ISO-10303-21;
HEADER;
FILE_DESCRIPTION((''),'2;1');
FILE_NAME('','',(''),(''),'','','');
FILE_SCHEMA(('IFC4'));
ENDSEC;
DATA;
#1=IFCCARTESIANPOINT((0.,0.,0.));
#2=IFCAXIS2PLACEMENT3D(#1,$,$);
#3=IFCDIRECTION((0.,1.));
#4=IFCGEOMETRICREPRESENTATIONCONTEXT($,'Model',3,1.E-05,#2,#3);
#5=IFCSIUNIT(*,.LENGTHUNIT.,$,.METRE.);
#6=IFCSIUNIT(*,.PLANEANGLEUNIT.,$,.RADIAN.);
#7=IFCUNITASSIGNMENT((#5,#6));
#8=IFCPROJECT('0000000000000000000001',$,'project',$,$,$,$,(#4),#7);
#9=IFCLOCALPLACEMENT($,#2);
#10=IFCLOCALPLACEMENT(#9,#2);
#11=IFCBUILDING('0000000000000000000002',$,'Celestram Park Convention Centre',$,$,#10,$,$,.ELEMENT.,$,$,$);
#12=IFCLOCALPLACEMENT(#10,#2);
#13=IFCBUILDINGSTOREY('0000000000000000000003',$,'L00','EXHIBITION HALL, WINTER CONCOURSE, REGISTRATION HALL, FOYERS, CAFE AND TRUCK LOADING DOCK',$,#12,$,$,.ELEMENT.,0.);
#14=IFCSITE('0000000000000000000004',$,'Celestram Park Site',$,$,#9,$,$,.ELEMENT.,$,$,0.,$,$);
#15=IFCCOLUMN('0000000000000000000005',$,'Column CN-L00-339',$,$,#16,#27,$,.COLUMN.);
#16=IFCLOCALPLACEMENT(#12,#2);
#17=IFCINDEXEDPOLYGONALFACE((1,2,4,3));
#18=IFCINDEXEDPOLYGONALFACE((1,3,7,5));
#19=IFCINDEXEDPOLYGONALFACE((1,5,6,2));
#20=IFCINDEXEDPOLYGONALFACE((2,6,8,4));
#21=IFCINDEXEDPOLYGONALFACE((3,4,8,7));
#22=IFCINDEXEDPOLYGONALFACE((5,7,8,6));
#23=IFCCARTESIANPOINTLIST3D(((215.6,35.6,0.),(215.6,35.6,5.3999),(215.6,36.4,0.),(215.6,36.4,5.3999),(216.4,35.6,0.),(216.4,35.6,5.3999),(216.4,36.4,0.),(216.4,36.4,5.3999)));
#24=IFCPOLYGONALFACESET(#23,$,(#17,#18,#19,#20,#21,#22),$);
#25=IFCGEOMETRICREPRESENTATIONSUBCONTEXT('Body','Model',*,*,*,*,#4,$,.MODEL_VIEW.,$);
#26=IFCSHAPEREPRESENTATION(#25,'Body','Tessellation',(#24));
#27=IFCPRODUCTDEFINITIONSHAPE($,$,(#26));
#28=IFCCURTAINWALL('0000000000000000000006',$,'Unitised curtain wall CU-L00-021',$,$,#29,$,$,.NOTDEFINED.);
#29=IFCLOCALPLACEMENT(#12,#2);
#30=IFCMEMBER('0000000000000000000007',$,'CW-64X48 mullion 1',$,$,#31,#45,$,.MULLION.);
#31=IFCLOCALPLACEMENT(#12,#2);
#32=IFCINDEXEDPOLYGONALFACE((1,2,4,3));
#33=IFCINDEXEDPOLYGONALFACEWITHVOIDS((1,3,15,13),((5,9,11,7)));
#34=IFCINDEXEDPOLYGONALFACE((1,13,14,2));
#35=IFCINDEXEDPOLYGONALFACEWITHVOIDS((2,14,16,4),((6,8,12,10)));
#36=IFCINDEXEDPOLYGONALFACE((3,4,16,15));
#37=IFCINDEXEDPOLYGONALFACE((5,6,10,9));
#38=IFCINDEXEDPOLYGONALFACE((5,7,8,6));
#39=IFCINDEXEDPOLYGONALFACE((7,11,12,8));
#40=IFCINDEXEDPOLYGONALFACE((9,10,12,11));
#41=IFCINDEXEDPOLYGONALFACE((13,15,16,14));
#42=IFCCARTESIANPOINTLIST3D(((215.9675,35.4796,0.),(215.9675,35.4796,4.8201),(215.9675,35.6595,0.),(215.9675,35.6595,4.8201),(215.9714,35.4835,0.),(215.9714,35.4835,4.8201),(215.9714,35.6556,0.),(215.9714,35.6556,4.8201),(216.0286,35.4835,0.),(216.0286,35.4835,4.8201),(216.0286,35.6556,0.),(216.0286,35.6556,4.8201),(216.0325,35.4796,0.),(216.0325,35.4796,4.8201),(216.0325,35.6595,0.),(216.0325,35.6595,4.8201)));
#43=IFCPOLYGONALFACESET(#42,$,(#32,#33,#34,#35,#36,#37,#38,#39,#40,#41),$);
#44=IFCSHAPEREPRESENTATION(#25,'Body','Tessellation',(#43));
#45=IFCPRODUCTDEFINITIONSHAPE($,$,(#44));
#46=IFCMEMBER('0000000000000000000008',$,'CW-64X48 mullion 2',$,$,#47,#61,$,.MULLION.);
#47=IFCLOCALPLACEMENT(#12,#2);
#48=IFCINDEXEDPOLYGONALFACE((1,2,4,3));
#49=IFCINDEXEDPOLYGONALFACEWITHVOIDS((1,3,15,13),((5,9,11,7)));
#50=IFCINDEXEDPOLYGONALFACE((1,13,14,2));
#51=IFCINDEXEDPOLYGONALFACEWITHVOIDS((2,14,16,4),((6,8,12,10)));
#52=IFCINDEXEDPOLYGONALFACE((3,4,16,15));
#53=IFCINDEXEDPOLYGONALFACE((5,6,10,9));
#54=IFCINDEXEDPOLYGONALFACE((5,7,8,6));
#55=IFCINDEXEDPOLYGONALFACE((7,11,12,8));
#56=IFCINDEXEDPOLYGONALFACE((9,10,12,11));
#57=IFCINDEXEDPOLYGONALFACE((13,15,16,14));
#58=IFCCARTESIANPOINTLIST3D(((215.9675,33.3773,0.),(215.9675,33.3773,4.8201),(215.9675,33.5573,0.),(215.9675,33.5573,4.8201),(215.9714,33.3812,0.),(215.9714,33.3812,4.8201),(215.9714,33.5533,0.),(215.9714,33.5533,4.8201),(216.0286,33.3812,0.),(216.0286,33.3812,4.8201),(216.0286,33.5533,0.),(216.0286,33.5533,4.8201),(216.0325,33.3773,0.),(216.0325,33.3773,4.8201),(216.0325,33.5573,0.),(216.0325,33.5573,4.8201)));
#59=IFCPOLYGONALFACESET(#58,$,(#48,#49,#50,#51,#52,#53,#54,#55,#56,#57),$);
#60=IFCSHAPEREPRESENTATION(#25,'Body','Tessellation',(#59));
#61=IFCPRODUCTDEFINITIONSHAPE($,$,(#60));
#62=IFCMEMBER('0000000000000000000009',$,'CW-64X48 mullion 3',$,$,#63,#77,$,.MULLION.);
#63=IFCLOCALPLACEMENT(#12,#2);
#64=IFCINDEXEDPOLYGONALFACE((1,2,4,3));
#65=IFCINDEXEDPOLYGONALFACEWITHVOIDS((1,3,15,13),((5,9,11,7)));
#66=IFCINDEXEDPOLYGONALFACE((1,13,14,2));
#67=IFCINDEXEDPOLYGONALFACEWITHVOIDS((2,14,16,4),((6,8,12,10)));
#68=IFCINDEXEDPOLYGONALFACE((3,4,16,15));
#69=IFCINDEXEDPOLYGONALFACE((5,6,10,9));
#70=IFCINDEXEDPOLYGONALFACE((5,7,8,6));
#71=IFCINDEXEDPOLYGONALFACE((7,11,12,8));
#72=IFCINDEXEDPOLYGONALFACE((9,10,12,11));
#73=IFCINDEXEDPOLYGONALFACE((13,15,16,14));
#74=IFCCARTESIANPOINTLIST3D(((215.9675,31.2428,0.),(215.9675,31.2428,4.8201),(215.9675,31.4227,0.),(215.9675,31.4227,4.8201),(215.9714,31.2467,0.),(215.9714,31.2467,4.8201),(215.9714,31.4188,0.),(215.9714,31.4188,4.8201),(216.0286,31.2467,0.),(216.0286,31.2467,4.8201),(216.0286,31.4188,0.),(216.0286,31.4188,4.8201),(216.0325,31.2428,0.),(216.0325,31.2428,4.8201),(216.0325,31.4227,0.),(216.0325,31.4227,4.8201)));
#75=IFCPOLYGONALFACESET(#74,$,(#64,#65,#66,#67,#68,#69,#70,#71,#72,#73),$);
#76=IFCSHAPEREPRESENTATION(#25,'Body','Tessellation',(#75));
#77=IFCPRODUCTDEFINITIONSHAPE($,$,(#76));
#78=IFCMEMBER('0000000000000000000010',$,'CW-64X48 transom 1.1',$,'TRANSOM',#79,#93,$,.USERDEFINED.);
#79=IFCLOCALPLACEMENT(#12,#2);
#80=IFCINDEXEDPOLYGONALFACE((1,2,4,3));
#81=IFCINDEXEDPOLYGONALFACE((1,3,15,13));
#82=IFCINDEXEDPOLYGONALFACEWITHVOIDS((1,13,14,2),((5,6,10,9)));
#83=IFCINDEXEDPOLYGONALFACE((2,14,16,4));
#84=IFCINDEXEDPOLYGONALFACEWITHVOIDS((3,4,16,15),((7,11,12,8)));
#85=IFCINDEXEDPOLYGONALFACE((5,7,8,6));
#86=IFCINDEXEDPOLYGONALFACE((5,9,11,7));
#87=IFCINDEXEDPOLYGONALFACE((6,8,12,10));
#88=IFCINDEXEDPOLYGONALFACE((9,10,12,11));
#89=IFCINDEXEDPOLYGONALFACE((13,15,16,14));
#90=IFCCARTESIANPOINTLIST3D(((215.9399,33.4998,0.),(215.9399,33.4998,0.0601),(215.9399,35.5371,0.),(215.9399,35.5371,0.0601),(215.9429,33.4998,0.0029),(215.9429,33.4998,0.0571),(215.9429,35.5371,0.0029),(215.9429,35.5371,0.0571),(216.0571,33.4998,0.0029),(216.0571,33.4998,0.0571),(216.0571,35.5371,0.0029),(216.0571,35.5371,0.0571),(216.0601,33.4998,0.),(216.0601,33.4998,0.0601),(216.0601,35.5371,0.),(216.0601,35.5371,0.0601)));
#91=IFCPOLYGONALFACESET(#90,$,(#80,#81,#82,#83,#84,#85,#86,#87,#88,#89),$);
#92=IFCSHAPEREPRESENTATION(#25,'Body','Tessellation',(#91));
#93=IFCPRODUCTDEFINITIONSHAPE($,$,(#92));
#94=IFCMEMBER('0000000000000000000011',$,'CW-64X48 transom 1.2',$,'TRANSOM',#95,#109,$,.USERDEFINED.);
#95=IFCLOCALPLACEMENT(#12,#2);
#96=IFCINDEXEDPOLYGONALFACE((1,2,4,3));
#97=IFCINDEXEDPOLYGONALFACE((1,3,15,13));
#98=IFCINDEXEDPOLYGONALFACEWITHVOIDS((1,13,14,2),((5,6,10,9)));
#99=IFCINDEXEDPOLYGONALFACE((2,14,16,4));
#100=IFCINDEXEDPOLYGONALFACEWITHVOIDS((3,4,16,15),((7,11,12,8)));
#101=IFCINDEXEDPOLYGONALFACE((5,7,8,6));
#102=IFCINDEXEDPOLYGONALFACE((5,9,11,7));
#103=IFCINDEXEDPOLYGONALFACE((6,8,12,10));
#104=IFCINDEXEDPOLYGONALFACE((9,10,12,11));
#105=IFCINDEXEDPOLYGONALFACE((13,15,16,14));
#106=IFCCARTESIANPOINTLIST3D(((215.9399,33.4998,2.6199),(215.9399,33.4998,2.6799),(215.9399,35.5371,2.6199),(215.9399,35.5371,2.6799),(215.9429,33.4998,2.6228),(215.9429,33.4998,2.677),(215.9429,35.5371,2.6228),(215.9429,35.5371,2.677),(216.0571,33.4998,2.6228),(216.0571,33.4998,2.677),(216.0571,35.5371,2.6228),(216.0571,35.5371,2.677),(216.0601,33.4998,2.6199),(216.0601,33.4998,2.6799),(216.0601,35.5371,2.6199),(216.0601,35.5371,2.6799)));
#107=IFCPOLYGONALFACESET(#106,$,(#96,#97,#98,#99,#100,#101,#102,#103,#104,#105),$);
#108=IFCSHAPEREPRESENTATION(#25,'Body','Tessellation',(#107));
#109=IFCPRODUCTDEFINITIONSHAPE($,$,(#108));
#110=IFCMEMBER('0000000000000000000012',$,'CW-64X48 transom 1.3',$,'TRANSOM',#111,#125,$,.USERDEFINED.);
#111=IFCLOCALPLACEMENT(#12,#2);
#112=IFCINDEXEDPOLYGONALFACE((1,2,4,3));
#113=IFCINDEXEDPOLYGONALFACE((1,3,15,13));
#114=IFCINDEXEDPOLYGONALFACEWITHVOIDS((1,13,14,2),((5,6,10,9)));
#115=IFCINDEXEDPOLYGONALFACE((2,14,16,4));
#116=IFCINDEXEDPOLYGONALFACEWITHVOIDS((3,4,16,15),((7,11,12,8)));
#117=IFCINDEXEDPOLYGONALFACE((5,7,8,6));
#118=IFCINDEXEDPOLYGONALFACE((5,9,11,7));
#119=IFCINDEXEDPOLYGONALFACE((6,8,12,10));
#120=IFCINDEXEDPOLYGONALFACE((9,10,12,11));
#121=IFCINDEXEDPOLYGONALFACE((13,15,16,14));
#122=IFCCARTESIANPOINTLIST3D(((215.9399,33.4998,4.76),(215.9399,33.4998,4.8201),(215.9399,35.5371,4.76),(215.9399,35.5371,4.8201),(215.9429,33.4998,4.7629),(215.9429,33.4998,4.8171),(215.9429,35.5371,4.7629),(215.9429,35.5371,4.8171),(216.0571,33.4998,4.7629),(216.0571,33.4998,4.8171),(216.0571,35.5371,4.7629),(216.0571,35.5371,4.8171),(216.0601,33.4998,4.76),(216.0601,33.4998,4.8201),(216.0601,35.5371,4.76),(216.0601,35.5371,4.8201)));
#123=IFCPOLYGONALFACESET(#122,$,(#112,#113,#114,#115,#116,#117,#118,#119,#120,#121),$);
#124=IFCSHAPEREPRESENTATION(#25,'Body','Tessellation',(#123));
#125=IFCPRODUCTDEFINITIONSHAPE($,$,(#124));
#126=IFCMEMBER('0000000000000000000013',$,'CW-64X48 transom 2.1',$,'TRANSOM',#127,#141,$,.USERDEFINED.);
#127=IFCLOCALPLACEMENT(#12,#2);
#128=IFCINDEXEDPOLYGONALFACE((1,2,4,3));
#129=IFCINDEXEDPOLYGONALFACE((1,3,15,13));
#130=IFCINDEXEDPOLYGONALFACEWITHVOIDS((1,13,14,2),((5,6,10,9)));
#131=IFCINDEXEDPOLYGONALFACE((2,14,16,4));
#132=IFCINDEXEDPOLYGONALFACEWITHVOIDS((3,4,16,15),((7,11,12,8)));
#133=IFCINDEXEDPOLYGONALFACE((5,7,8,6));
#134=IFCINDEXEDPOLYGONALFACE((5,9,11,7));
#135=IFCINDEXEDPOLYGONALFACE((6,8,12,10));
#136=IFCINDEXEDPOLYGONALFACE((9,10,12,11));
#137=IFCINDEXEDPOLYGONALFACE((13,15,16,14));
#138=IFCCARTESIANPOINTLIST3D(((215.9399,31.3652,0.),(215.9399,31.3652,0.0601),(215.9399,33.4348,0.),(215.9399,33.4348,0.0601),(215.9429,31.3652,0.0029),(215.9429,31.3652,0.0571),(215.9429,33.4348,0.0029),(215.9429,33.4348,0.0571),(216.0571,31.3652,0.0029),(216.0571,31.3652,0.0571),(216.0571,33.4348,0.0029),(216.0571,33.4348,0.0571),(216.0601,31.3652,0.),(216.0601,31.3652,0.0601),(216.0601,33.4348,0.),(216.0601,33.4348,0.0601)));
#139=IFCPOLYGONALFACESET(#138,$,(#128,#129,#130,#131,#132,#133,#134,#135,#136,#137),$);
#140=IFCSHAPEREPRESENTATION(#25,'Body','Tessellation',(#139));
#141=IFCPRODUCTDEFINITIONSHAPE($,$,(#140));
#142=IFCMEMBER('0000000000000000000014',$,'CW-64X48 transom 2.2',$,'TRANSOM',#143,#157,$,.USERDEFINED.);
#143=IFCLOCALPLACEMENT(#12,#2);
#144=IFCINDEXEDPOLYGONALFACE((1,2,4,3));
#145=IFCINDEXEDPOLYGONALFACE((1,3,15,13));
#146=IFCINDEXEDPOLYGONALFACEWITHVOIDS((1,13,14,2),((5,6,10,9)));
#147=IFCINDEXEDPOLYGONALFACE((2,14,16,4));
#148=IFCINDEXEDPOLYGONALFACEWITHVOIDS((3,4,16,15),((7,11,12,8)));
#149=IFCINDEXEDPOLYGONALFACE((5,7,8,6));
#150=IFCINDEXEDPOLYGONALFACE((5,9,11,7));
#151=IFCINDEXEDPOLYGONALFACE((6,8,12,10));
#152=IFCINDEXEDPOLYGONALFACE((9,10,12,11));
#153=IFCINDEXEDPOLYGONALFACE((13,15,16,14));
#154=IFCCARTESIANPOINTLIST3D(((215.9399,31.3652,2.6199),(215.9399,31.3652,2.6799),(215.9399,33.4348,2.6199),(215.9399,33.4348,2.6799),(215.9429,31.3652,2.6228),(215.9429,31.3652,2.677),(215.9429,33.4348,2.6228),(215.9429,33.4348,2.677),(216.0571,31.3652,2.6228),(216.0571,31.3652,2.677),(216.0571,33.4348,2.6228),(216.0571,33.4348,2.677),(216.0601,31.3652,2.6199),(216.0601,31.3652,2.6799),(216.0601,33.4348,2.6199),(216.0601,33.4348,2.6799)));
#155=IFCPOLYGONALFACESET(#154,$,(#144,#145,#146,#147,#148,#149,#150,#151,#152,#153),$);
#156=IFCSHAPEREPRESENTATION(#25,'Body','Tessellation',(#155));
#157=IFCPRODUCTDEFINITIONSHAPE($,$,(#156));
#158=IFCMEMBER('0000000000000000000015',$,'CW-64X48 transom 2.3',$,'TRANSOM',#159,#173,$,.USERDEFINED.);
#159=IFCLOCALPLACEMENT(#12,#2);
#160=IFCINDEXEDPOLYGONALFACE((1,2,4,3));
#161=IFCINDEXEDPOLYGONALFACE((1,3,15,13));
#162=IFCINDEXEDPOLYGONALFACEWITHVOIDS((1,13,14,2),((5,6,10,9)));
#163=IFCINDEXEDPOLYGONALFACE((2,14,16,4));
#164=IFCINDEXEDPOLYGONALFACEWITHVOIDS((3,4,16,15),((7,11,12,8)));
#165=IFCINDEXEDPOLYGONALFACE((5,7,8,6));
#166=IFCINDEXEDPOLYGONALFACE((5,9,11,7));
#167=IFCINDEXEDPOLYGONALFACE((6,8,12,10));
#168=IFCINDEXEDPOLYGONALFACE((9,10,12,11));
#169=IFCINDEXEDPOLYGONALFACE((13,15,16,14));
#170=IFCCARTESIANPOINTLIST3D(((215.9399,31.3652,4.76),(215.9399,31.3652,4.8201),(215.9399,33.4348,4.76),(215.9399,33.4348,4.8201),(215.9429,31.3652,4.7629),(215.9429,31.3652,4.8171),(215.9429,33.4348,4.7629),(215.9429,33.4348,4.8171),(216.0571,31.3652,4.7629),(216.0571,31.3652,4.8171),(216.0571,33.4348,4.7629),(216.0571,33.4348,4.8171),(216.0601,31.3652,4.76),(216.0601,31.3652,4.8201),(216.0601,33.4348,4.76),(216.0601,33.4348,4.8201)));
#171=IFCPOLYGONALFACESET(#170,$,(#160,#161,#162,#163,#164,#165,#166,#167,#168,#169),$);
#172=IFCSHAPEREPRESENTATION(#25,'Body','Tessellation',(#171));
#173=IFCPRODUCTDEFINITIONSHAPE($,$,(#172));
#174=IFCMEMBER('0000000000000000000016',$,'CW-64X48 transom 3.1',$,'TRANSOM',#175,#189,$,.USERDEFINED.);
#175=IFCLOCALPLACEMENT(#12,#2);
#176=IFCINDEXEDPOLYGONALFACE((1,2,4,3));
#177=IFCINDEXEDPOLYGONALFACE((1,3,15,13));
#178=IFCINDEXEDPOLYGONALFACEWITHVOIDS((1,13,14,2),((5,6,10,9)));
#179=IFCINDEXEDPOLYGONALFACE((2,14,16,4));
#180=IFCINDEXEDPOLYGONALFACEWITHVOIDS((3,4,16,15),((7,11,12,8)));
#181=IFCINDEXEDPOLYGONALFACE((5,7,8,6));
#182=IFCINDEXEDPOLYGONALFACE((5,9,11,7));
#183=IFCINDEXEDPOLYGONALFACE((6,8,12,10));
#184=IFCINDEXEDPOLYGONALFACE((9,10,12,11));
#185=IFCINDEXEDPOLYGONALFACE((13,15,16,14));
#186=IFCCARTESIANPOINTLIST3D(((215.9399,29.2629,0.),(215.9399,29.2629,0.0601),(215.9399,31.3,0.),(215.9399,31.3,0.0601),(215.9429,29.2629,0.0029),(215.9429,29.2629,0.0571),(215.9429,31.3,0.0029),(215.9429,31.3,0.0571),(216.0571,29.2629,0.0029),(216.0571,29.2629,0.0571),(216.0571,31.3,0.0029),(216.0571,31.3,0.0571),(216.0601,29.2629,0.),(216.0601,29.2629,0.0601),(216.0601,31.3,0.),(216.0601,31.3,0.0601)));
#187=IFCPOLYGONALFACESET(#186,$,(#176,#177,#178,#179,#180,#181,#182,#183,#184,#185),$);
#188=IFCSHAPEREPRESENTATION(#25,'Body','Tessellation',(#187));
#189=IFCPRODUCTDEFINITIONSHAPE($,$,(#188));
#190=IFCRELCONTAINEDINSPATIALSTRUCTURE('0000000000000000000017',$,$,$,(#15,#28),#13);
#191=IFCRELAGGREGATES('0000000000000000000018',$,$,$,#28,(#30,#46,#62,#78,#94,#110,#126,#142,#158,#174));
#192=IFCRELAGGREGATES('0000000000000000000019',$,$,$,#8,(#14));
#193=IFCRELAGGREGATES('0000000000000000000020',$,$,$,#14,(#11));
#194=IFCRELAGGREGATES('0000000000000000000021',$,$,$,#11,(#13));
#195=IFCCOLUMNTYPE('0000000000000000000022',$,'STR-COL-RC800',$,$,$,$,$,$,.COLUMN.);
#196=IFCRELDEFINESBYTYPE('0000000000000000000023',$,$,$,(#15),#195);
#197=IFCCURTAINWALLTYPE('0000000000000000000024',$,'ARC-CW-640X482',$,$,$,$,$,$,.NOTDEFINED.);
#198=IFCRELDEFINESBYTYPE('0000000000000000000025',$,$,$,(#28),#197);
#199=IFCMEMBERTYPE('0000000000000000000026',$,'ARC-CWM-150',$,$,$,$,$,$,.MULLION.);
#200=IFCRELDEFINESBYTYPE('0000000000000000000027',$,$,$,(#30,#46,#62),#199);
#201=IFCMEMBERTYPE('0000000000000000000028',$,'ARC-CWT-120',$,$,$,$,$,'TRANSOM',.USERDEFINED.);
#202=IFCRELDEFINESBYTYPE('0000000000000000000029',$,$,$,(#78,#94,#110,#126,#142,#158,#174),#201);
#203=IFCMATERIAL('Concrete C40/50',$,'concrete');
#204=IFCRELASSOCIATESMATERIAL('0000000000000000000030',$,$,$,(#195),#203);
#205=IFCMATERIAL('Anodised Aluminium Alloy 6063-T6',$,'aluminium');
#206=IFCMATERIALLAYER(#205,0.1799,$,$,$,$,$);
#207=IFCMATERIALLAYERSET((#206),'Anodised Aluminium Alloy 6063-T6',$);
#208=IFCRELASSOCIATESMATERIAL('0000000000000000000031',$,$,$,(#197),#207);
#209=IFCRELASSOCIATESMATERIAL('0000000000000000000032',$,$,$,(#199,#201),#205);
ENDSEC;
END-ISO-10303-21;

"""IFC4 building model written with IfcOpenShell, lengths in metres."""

from ifc_helpers import new_model, si_unit, direction, frame, origin, origin_2d, place, context, subcontext, project, spatial, rectangle, hollow_rectangle, extrude, material, layer, layer_set, material_profile, profile_set, type_object, element, aggregate, save


model = new_model("IFC4")

# Units and contexts
model_context = context("Model", 3, precision=1e-05, world=origin(), true_north=direction((0.0, 1.0)))
body_context = subcontext(model_context, "Body", "Model", "MODEL_VIEW")
ifc_project = project(units=[si_unit("LENGTHUNIT", "METRE"), si_unit("PLANEANGLEUNIT", "RADIAN")], contexts=[model_context])

# Site, building, storey
site_placement = place(None, origin())
site = spatial("IfcSite", under=ifc_project, at=site_placement, Name="Celestram Park Site", CompositionType="ELEMENT", RefElevation=0.0)
building_placement = place(site_placement, origin())
building = spatial("IfcBuilding", under=site, at=building_placement, Name="Celestram Park Convention Centre", CompositionType="ELEMENT")
storey_placement = place(building_placement, origin())
storey = spatial("IfcBuildingStorey", under=building, at=storey_placement, Name="L00", Description="EXHIBITION HALL, WINTER CONCOURSE, REGISTRATION HALL, FOYERS, CAFE AND TRUCK LOADING DOCK", CompositionType="ELEMENT", Elevation=0.0)

# Column
ifc_material_1 = material(Name="Concrete C40/50", Category="concrete")
ifc_material_profile_1 = material_profile(ifc_material_1, rectangle(XDim=0.8, YDim=0.8, at=origin_2d()), Name="RC800X800")
ifc_profile_set_1 = profile_set([ifc_material_profile_1], Name="Concrete C40/50")
column_type = type_object("IfcColumnType", Name="STR-COL-RC800", PredefinedType="COLUMN", material=ifc_profile_set_1)
column_placement = place(storey_placement, frame((216.0, 36.0, 0.0), z_axis=(0.0, 0.0, 1.0), x_axis=(1.0, 0.0, 0.0)))
element("IfcColumn", 1, at=column_placement, inside=storey, type_object=column_type, Name="Column CN-L00-339", PredefinedType="COLUMN", context=body_context, shape_type="SweptSolid", body=[
    extrude(rectangle(XDim=0.8, YDim=0.8, at=origin_2d()), origin(), (0.0, 0.0, 1.0), 5.3999),
])

# Curtain wall, members
ifc_material_2 = material(Name="Anodised Aluminium Alloy 6063-T6", Category="aluminium")
ifc_layer_1 = layer(ifc_material_2, 0.1799)
ifc_layer_set_1 = layer_set([ifc_layer_1], Name="Anodised Aluminium Alloy 6063-T6")
curtain_wall_type = type_object("IfcCurtainWallType", Name="ARC-CW-640X482", PredefinedType="NOTDEFINED", material=ifc_layer_set_1)
curtain_wall_placement = place(storey_placement, origin())
curtain_wall = element("IfcCurtainWall", 2, at=curtain_wall_placement, inside=storey, type_object=curtain_wall_type, Name="Unitised curtain wall CU-L00-021", PredefinedType="NOTDEFINED")
ifc_material_profile_2 = material_profile(ifc_material_2, hollow_rectangle(XDim=0.0649, YDim=0.1799, WallThickness=0.0039, at=origin_2d()), Name="ALU65X180X4")
ifc_profile_set_2 = profile_set([ifc_material_profile_2], Name="Anodised Aluminium Alloy 6063-T6")
member_type_1 = type_object("IfcMemberType", Name="ARC-CWM-150", PredefinedType="MULLION", material=ifc_profile_set_2)
member_1_placement = place(storey_placement, frame((216.0, 35.5696, 0.0), z_axis=(0.0, 0.0, 1.0), x_axis=(1.0, 0.0, 0.0)))
member_1 = element("IfcMember", 3, at=member_1_placement, type_object=member_type_1, Name="CW-64X48 mullion 1", PredefinedType="MULLION", context=body_context, shape_type="SweptSolid", body=[
    extrude(hollow_rectangle(XDim=0.0649, YDim=0.1799, WallThickness=0.0039, at=origin_2d()), origin(), (0.0, 0.0, 1.0), 4.8201),
])
member_2_placement = place(storey_placement, frame((216.0, 33.4673, 0.0), z_axis=(0.0, 0.0, 1.0), x_axis=(1.0, 0.0, 0.0)))
member_2 = element("IfcMember", 4, at=member_2_placement, type_object=member_type_1, Name="CW-64X48 mullion 2", PredefinedType="MULLION", context=body_context, shape_type="SweptSolid", body=[
    extrude(hollow_rectangle(XDim=0.0649, YDim=0.1799, WallThickness=0.0039, at=origin_2d()), origin(), (0.0, 0.0, 1.0), 4.8201),
])
member_3_placement = place(storey_placement, frame((216.0, 31.3328, 0.0), z_axis=(0.0, 0.0, 1.0), x_axis=(1.0, 0.0, 0.0)))
member_3 = element("IfcMember", 5, at=member_3_placement, type_object=member_type_1, Name="CW-64X48 mullion 3", PredefinedType="MULLION", context=body_context, shape_type="SweptSolid", body=[
    extrude(hollow_rectangle(XDim=0.0649, YDim=0.1799, WallThickness=0.0039, at=origin_2d()), origin(), (0.0, 0.0, 1.0), 4.8201),
])
ifc_material_profile_3 = material_profile(ifc_material_2, hollow_rectangle(XDim=0.1201, YDim=0.0601, WallThickness=0.0029, at=origin_2d()), Name="ALU120X60X3")
ifc_profile_set_3 = profile_set([ifc_material_profile_3], Name="Anodised Aluminium Alloy 6063-T6")
member_type_2 = type_object("IfcMemberType", Name="ARC-CWT-120", ElementType="TRANSOM", PredefinedType="USERDEFINED", material=ifc_profile_set_3)
member_4_placement = place(storey_placement, frame((216.0, 35.5371, 0.03), z_axis=(0.0, -1.0, 0.0), x_axis=(1.0, 0.0, 0.0)))
member_4 = element("IfcMember", 6, at=member_4_placement, type_object=member_type_2, Name="CW-64X48 transom 1.1", ObjectType="TRANSOM", PredefinedType="USERDEFINED", context=body_context, shape_type="SweptSolid", body=[
    extrude(hollow_rectangle(XDim=0.1201, YDim=0.0601, WallThickness=0.0029, at=origin_2d()), origin(), (0.0, 0.0, 1.0), 2.0374),
])
member_5_placement = place(storey_placement, frame((216.0, 35.5371, 2.6499), z_axis=(0.0, -1.0, 0.0), x_axis=(1.0, 0.0, 0.0)))
member_5 = element("IfcMember", 7, at=member_5_placement, type_object=member_type_2, Name="CW-64X48 transom 1.2", ObjectType="TRANSOM", PredefinedType="USERDEFINED", context=body_context, shape_type="SweptSolid", body=[
    extrude(hollow_rectangle(XDim=0.1201, YDim=0.0601, WallThickness=0.0029, at=origin_2d()), origin(), (0.0, 0.0, 1.0), 2.0374),
])
member_6_placement = place(storey_placement, frame((216.0, 35.5371, 4.79), z_axis=(0.0, -1.0, 0.0), x_axis=(1.0, 0.0, 0.0)))
member_6 = element("IfcMember", 8, at=member_6_placement, type_object=member_type_2, Name="CW-64X48 transom 1.3", ObjectType="TRANSOM", PredefinedType="USERDEFINED", context=body_context, shape_type="SweptSolid", body=[
    extrude(hollow_rectangle(XDim=0.1201, YDim=0.0601, WallThickness=0.0029, at=origin_2d()), origin(), (0.0, 0.0, 1.0), 2.0374),
])
member_7_placement = place(storey_placement, frame((216.0, 33.4348, 0.03), z_axis=(0.0, -1.0, 0.0), x_axis=(1.0, 0.0, 0.0)))
member_7 = element("IfcMember", 9, at=member_7_placement, type_object=member_type_2, Name="CW-64X48 transom 2.1", ObjectType="TRANSOM", PredefinedType="USERDEFINED", context=body_context, shape_type="SweptSolid", body=[
    extrude(hollow_rectangle(XDim=0.1201, YDim=0.0601, WallThickness=0.0029, at=origin_2d()), origin(), (0.0, 0.0, 1.0), 2.0696),
])
member_8_placement = place(storey_placement, frame((216.0, 33.4348, 2.6499), z_axis=(0.0, -1.0, 0.0), x_axis=(1.0, 0.0, 0.0)))
member_8 = element("IfcMember", 10, at=member_8_placement, type_object=member_type_2, Name="CW-64X48 transom 2.2", ObjectType="TRANSOM", PredefinedType="USERDEFINED", context=body_context, shape_type="SweptSolid", body=[
    extrude(hollow_rectangle(XDim=0.1201, YDim=0.0601, WallThickness=0.0029, at=origin_2d()), origin(), (0.0, 0.0, 1.0), 2.0696),
])
member_9_placement = place(storey_placement, frame((216.0, 33.4348, 4.79), z_axis=(0.0, -1.0, 0.0), x_axis=(1.0, 0.0, 0.0)))
member_9 = element("IfcMember", 11, at=member_9_placement, type_object=member_type_2, Name="CW-64X48 transom 2.3", ObjectType="TRANSOM", PredefinedType="USERDEFINED", context=body_context, shape_type="SweptSolid", body=[
    extrude(hollow_rectangle(XDim=0.1201, YDim=0.0601, WallThickness=0.0029, at=origin_2d()), origin(), (0.0, 0.0, 1.0), 2.0696),
])
member_10_placement = place(storey_placement, frame((216.0, 31.3, 0.03), z_axis=(0.0, -1.0, 0.0), x_axis=(1.0, 0.0, 0.0)))
member_10 = element("IfcMember", 12, at=member_10_placement, type_object=member_type_2, Name="CW-64X48 transom 3.1", ObjectType="TRANSOM", PredefinedType="USERDEFINED", context=body_context, shape_type="SweptSolid", body=[
    extrude(hollow_rectangle(XDim=0.1201, YDim=0.0601, WallThickness=0.0029, at=origin_2d()), origin(), (0.0, 0.0, 1.0), 2.0371),
])
aggregate(curtain_wall, [member_1, member_2, member_3, member_4, member_5, member_6, member_7, member_8, member_9, member_10])

save(model, "model.ifc")
